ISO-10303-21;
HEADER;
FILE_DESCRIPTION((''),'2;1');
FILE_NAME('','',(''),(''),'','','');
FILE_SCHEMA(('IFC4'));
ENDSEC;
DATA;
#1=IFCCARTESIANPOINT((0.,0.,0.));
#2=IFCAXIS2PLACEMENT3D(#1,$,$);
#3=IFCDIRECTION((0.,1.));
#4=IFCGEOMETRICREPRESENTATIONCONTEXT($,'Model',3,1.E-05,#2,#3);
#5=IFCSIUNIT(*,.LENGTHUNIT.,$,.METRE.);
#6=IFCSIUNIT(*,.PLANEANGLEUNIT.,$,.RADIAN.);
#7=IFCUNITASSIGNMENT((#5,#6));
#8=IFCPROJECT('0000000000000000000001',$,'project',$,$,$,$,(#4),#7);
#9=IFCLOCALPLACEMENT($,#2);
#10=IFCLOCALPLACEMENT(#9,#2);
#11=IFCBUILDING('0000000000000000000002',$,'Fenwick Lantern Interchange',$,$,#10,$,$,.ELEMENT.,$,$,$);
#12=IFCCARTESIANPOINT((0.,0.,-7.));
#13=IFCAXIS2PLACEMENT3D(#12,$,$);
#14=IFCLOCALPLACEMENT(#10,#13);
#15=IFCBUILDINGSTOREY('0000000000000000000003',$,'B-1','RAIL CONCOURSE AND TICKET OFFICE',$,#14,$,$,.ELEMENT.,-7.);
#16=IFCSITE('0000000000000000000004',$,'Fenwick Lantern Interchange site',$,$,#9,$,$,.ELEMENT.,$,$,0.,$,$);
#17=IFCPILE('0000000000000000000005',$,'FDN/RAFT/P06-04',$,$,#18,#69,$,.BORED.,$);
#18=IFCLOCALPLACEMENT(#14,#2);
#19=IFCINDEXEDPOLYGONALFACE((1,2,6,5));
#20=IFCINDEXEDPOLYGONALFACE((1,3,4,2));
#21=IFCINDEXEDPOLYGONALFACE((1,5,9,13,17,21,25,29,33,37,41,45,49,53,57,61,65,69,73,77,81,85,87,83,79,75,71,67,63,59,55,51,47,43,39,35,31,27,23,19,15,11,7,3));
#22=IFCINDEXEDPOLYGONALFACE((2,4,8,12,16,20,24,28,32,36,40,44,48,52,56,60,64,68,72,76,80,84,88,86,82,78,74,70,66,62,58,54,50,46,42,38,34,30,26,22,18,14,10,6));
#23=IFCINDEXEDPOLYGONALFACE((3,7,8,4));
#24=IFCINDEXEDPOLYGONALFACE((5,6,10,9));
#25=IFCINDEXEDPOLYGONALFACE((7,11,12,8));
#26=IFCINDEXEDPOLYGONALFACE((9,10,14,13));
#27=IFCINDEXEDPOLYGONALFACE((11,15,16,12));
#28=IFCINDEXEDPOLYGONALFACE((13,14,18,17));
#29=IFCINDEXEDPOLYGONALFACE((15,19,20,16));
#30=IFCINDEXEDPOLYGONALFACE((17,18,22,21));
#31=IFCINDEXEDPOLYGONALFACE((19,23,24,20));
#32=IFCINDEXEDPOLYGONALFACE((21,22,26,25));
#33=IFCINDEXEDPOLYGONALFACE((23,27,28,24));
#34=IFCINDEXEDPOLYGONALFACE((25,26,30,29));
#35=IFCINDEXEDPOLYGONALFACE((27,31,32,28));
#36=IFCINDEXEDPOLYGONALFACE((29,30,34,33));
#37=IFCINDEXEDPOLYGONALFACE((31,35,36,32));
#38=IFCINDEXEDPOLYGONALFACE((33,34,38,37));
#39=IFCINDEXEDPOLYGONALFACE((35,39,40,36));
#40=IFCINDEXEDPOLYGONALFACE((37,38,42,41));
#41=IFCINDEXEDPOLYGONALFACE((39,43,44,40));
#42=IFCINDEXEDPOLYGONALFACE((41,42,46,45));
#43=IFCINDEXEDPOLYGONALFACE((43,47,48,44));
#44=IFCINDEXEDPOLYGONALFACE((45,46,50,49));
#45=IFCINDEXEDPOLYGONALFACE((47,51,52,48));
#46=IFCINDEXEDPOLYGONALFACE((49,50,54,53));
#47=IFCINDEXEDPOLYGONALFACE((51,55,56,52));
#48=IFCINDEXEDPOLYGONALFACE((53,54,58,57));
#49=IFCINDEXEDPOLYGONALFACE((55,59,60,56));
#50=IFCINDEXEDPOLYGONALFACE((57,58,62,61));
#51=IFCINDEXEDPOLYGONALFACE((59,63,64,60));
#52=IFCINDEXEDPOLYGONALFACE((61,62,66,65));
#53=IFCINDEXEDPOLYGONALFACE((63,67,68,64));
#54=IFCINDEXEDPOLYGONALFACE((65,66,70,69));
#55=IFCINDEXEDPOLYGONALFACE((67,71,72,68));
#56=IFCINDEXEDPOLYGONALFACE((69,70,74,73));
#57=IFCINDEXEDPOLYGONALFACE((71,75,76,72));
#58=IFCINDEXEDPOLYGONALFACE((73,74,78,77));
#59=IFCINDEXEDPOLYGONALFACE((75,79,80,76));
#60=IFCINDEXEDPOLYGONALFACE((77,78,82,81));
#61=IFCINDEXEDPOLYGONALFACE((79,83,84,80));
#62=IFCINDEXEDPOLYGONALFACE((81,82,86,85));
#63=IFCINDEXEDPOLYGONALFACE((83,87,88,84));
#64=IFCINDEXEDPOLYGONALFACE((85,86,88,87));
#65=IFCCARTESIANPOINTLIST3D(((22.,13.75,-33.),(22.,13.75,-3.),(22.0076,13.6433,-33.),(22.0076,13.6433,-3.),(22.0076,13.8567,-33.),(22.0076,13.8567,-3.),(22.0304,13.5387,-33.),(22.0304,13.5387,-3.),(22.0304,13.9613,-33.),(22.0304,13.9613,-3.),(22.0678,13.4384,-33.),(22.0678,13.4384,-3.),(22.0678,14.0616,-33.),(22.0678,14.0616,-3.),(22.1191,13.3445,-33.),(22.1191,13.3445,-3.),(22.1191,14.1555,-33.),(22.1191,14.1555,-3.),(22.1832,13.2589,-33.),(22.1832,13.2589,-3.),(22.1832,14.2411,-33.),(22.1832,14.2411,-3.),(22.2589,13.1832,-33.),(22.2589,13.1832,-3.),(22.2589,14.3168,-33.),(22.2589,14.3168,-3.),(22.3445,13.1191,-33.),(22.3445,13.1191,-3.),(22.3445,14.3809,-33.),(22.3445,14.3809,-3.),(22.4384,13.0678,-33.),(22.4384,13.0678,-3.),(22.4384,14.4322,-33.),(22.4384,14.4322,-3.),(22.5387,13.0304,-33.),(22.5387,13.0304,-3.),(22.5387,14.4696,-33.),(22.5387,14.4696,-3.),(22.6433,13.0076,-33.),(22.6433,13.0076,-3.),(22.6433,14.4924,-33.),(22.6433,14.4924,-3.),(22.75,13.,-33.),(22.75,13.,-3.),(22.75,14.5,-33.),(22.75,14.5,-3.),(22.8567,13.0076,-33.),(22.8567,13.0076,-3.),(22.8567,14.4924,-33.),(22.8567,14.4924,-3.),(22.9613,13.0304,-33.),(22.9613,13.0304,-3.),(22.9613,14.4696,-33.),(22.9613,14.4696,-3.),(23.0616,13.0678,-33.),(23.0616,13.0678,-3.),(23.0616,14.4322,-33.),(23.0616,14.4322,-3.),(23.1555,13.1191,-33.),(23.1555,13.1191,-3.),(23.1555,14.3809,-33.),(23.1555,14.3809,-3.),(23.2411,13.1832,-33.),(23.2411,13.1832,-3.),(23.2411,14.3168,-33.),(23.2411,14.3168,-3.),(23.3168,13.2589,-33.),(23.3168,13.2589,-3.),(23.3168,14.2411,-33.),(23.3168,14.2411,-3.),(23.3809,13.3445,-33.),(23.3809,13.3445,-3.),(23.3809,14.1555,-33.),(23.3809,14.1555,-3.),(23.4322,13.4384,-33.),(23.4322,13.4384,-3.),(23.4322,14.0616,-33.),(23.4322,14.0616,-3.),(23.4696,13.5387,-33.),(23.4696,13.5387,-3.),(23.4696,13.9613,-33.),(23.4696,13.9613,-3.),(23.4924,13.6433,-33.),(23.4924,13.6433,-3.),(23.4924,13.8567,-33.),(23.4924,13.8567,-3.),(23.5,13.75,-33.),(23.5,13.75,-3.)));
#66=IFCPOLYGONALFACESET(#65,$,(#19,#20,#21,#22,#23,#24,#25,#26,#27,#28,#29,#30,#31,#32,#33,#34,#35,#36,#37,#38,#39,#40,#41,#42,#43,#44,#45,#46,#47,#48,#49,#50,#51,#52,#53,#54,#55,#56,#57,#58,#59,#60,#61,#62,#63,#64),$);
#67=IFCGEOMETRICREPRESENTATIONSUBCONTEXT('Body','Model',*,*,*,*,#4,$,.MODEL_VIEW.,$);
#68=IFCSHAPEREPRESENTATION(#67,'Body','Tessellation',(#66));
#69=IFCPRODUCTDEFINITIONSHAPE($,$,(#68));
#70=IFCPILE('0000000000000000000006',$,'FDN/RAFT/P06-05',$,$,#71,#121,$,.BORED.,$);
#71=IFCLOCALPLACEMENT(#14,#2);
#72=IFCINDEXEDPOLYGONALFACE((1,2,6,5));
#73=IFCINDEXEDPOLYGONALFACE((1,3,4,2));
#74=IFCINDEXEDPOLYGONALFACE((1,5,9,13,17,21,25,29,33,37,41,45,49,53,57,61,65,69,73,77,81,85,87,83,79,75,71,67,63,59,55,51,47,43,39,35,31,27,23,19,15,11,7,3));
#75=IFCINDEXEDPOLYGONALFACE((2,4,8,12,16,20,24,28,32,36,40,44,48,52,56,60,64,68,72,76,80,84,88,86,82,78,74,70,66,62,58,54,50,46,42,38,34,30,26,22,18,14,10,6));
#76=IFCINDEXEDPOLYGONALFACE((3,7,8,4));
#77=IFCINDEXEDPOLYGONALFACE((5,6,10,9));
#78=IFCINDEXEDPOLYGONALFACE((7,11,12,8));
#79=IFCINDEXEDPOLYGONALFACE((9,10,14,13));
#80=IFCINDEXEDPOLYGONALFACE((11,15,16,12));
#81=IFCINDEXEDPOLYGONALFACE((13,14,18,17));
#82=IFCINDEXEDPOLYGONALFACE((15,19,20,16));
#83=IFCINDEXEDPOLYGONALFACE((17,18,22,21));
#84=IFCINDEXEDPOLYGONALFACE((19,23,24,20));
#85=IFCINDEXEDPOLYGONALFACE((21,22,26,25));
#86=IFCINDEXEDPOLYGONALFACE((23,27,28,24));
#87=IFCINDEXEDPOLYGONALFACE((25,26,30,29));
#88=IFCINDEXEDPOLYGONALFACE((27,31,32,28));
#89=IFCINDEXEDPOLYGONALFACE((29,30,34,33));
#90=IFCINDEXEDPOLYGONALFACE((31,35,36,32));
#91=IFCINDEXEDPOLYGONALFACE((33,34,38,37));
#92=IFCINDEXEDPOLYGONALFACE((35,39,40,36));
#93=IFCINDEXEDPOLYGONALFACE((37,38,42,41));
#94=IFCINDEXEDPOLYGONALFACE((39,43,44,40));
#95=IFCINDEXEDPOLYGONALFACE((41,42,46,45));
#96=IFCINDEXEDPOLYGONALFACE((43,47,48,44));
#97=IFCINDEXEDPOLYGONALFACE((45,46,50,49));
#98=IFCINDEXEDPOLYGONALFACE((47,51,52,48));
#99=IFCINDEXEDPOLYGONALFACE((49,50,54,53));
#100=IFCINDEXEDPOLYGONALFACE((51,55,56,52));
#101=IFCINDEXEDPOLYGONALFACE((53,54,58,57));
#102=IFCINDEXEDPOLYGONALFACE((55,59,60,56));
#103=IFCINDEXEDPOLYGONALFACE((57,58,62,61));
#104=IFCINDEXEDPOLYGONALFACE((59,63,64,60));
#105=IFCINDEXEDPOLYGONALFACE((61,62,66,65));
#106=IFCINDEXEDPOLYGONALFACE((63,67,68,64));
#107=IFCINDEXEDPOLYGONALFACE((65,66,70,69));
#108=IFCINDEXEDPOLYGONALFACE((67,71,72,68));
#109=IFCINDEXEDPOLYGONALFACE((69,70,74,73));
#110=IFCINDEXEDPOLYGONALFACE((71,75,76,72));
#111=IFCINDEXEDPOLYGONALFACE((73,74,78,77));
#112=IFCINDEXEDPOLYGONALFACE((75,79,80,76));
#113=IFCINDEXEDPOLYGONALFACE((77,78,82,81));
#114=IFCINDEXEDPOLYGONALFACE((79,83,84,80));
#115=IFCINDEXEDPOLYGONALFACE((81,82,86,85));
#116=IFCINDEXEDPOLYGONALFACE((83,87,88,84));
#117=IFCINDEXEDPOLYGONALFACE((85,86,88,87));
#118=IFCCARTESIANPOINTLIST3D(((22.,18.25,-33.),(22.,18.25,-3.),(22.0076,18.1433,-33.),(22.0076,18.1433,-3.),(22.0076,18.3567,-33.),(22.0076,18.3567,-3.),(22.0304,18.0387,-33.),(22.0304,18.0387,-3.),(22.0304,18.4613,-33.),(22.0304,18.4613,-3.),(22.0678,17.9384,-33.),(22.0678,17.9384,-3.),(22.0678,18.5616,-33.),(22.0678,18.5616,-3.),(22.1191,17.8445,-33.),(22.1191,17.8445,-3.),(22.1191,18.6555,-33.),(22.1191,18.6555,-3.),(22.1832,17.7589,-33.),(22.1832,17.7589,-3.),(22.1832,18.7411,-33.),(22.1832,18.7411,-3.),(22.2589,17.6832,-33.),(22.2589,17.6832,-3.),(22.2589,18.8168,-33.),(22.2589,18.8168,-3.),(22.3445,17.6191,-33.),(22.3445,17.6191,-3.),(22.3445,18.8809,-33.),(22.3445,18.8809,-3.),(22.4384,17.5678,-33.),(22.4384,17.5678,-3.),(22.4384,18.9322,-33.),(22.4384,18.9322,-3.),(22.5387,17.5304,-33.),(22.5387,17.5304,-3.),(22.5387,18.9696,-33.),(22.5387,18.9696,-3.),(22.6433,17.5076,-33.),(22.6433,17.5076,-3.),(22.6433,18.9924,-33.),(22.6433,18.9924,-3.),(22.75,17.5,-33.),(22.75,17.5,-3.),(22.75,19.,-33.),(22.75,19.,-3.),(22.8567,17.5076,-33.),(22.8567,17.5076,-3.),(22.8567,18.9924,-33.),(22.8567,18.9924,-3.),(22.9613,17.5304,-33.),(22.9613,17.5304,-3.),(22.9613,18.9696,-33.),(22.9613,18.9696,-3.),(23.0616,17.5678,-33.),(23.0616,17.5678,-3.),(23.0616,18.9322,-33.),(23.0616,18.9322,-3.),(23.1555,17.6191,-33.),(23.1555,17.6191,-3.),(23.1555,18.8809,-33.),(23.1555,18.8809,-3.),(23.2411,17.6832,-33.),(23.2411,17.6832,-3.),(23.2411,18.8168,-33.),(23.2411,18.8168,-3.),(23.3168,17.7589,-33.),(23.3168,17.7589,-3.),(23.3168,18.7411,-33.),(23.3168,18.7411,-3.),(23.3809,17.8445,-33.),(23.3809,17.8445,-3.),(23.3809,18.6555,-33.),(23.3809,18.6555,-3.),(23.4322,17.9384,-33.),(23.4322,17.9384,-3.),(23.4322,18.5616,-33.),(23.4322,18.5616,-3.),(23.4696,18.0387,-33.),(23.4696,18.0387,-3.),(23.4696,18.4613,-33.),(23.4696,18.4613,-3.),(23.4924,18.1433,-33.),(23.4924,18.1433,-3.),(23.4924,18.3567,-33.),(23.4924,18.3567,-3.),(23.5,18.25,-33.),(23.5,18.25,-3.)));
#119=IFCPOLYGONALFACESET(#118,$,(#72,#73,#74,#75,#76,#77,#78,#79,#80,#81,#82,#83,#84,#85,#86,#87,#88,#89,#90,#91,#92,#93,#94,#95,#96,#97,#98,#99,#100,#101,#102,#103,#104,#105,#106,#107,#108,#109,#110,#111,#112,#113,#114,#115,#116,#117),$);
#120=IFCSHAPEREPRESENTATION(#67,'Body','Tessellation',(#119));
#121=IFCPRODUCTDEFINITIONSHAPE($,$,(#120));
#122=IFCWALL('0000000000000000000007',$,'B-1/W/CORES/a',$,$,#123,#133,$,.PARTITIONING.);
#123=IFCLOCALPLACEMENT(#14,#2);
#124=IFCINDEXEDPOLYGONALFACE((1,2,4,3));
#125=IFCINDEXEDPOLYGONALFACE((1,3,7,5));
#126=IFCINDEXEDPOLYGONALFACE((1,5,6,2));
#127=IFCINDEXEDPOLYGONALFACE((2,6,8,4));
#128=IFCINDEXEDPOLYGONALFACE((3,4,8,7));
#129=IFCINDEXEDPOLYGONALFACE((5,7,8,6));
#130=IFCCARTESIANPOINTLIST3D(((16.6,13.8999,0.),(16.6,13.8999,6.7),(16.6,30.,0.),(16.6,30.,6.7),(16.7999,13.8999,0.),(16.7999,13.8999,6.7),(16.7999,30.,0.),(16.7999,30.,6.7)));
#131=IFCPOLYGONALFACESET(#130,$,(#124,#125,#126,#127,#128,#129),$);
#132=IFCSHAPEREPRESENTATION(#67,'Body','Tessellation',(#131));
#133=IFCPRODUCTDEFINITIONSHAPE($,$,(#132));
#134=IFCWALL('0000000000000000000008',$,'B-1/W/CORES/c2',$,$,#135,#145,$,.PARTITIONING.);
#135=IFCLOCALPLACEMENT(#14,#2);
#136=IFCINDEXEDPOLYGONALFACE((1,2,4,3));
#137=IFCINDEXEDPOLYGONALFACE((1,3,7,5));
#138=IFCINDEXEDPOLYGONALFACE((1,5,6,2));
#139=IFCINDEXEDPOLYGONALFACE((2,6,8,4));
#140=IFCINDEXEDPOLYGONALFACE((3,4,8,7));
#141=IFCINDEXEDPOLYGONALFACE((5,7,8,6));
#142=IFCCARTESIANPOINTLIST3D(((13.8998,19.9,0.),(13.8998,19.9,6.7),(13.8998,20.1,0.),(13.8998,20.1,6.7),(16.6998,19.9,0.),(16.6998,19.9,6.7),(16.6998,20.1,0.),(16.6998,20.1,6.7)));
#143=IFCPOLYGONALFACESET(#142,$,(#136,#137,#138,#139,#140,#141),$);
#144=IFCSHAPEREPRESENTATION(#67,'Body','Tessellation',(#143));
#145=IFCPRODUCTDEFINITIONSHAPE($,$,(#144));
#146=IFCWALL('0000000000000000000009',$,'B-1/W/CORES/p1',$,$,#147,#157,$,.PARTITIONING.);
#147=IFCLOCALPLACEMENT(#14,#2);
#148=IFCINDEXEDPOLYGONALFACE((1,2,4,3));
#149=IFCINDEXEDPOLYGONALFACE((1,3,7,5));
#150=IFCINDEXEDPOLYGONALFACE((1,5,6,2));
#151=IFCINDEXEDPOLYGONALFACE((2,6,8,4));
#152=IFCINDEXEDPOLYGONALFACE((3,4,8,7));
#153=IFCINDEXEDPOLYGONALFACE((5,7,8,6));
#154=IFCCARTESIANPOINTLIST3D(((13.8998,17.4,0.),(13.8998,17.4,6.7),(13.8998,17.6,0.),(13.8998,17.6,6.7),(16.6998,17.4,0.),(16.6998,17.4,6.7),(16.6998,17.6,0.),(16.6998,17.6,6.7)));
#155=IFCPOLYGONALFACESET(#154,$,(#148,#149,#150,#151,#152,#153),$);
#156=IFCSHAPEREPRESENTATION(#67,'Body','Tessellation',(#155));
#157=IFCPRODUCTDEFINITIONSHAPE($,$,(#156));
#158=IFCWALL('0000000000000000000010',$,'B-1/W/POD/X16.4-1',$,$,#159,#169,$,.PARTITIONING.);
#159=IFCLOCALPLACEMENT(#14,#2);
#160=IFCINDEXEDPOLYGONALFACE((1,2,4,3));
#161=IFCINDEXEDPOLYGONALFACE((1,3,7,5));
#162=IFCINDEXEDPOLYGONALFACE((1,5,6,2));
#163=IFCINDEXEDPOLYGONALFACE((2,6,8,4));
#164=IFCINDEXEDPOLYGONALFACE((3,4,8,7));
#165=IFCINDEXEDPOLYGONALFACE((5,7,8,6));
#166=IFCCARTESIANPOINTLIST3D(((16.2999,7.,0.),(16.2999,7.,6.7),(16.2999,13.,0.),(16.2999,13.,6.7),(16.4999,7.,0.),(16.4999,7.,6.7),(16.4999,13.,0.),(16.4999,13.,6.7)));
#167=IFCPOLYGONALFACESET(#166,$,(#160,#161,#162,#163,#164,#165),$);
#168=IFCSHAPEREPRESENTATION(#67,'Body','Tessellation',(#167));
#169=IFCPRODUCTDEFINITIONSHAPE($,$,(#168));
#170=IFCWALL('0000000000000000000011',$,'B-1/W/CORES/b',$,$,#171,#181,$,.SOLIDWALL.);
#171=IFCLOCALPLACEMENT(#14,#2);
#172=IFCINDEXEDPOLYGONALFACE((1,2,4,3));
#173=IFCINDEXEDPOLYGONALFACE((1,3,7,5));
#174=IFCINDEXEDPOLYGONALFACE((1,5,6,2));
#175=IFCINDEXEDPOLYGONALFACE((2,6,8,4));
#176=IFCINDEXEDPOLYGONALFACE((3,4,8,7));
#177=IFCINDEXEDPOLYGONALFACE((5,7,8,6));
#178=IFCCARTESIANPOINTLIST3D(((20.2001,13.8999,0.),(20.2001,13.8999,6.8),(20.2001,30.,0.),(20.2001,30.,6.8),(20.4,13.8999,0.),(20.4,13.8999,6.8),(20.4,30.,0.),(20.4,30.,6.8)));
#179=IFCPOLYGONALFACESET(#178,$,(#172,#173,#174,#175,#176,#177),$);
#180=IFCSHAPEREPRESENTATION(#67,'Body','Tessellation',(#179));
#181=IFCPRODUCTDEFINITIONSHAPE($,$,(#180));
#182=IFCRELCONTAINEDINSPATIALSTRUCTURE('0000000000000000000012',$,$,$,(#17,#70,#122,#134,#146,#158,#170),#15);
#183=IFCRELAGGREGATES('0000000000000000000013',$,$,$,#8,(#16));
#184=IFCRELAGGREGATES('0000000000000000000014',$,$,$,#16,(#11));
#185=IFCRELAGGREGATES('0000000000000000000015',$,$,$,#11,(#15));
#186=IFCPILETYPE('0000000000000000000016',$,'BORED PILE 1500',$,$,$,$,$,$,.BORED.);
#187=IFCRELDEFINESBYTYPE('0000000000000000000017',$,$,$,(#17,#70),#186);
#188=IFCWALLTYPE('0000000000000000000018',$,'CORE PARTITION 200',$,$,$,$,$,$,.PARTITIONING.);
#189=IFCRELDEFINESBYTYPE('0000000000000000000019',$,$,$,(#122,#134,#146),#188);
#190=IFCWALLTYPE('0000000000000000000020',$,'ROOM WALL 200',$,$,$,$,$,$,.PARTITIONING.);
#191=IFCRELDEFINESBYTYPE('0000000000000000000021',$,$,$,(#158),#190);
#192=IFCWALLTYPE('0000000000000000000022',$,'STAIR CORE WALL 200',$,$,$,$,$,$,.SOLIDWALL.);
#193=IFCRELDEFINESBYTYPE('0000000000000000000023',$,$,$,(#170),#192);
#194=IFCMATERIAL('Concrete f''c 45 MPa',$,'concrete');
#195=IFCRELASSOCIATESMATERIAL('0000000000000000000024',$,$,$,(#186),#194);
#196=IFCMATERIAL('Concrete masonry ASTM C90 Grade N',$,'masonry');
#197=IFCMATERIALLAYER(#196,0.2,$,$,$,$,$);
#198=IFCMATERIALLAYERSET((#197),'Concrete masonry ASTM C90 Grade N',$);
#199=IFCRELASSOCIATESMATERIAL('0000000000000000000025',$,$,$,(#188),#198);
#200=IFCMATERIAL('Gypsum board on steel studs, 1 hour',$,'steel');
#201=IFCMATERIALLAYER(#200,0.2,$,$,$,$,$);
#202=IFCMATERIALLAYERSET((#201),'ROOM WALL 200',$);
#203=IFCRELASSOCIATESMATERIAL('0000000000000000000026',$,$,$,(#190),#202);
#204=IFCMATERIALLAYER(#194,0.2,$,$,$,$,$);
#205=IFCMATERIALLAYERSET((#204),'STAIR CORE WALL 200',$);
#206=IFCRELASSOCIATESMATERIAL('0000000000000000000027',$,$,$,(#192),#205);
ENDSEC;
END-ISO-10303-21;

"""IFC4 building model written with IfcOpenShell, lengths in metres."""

from ifc_helpers import new_model, si_unit, direction, frame, frame_2d, origin, origin_2d, place, context, subcontext, project, spatial, rectangle, circle, extrude, material, layer, layer_set, type_object, element, save


model = new_model("IFC4")

# Units and contexts
model_context = context("Model", 3, precision=1e-05, world=origin(), true_north=direction((0.0, 1.0)))
body_context = subcontext(model_context, "Body", "Model", "MODEL_VIEW")
ifc_project = project(units=[si_unit("LENGTHUNIT", "METRE"), si_unit("PLANEANGLEUNIT", "RADIAN")], contexts=[model_context])

# Site, building, storey
site_placement = place(None, origin())
site = spatial("IfcSite", under=ifc_project, at=site_placement, Name="Fenwick Lantern Interchange site", CompositionType="ELEMENT", RefElevation=0.0)
building_placement = place(site_placement, origin())
building = spatial("IfcBuilding", under=site, at=building_placement, Name="Fenwick Lantern Interchange", CompositionType="ELEMENT")
storey_placement = place(building_placement, frame((0.0, 0.0, -7.0)))
storey = spatial("IfcBuildingStorey", under=building, at=storey_placement, Name="B-1", Description="RAIL CONCOURSE AND TICKET OFFICE", CompositionType="ELEMENT", Elevation=-7.0)

# Piles
ifc_material_1 = material(Name="Concrete f'c 45 MPa", Category="concrete")
pile_type = type_object("IfcPileType", Name="BORED PILE 1500", PredefinedType="BORED", material=ifc_material_1)
for number, where, z_axis, x_axis, name in (
    (1, (22.75, 13.75, -3.0), (0.0, 0.0, -1.0), (1.0, 0.0, 0.0), "FDN/RAFT/P06-04"),
    (2, (22.75, 18.25, -3.0), (0.0, 0.0, -1.0), (1.0, 0.0, 0.0), "FDN/RAFT/P06-05"),
):
    element("IfcPile", number, at=place(storey_placement, frame(where, z_axis=z_axis, x_axis=x_axis)), inside=storey, type_object=pile_type, Name=name, PredefinedType="BORED", context=body_context, shape_type="SweptSolid", body=[
        extrude(circle(Radius=0.75, at=origin_2d()), origin(), (0.0, 0.0, 1.0), 30.0),
    ])

# Walls
ifc_material_2 = material(Name="Concrete masonry ASTM C90 Grade N", Category="masonry")
ifc_layer_1 = layer(ifc_material_2, 0.2)
ifc_layer_set_1 = layer_set([ifc_layer_1], Name="Concrete masonry ASTM C90 Grade N")
wall_type_1 = type_object("IfcWallType", Name="CORE PARTITION 200", PredefinedType="PARTITIONING", material=ifc_layer_set_1)
wall_1_placement = place(storey_placement, frame((16.7, 13.8999, 0.0), z_axis=(0.0, 0.0, 1.0), x_axis=(0.0, 1.0, 0.0)))
element("IfcWall", 3, at=wall_1_placement, inside=storey, type_object=wall_type_1, Name="B-1/W/CORES/a", PredefinedType="PARTITIONING", context=body_context, shape_type="SweptSolid", body=[
    extrude(rectangle(XDim=16.1001, YDim=0.2, at=frame_2d((8.05, 0.0))), origin(), (0.0, 0.0, 1.0), 6.7),
])
for number, where, z_axis, x_axis, name in (
    (4, (13.8999, 20.0, 0.0), (0.0, 0.0, 1.0), (1.0, 0.0, 0.0), "B-1/W/CORES/c2"),
    (5, (13.8999, 17.5, 0.0), (0.0, 0.0, 1.0), (1.0, 0.0, 0.0), "B-1/W/CORES/p1"),
):
    element("IfcWall", number, at=place(storey_placement, frame(where, z_axis=z_axis, x_axis=x_axis)), inside=storey, type_object=wall_type_1, Name=name, PredefinedType="PARTITIONING", context=body_context, shape_type="SweptSolid", body=[
        extrude(rectangle(XDim=2.8, YDim=0.2, at=frame_2d((1.3999, 0.0))), origin(), (0.0, 0.0, 1.0), 6.7),
    ])
ifc_material_3 = material(Name="Gypsum board on steel studs, 1 hour", Category="steel")
ifc_layer_2 = layer(ifc_material_3, 0.2)
ifc_layer_set_2 = layer_set([ifc_layer_2], Name="ROOM WALL 200")
wall_type_2 = type_object("IfcWallType", Name="ROOM WALL 200", PredefinedType="PARTITIONING", material=ifc_layer_set_2)
wall_2_placement = place(storey_placement, frame((16.3999, 7.0, 0.0), z_axis=(0.0, 0.0, 1.0), x_axis=(0.0, 1.0, 0.0)))
element("IfcWall", 6, at=wall_2_placement, inside=storey, type_object=wall_type_2, Name="B-1/W/POD/X16.4-1", PredefinedType="PARTITIONING", context=body_context, shape_type="SweptSolid", body=[
    extrude(rectangle(XDim=6.0, YDim=0.2, at=frame_2d((3.0, 0.0))), origin(), (0.0, 0.0, 1.0), 6.7),
])
ifc_layer_3 = layer(ifc_material_1, 0.2)
ifc_layer_set_3 = layer_set([ifc_layer_3], Name="STAIR CORE WALL 200")
wall_type_3 = type_object("IfcWallType", Name="STAIR CORE WALL 200", PredefinedType="SOLIDWALL", material=ifc_layer_set_3)
wall_3_placement = place(storey_placement, frame((20.3, 13.8999, 0.0), z_axis=(0.0, 0.0, 1.0), x_axis=(0.0, 1.0, 0.0)))
element("IfcWall", 7, at=wall_3_placement, inside=storey, type_object=wall_type_3, Name="B-1/W/CORES/b", PredefinedType="SOLIDWALL", context=body_context, shape_type="SweptSolid", body=[
    extrude(rectangle(XDim=16.1001, YDim=0.2, at=frame_2d((8.05, 0.0))), origin(), (0.0, 0.0, 1.0), 6.8),
])

save(model, "model.ifc")
